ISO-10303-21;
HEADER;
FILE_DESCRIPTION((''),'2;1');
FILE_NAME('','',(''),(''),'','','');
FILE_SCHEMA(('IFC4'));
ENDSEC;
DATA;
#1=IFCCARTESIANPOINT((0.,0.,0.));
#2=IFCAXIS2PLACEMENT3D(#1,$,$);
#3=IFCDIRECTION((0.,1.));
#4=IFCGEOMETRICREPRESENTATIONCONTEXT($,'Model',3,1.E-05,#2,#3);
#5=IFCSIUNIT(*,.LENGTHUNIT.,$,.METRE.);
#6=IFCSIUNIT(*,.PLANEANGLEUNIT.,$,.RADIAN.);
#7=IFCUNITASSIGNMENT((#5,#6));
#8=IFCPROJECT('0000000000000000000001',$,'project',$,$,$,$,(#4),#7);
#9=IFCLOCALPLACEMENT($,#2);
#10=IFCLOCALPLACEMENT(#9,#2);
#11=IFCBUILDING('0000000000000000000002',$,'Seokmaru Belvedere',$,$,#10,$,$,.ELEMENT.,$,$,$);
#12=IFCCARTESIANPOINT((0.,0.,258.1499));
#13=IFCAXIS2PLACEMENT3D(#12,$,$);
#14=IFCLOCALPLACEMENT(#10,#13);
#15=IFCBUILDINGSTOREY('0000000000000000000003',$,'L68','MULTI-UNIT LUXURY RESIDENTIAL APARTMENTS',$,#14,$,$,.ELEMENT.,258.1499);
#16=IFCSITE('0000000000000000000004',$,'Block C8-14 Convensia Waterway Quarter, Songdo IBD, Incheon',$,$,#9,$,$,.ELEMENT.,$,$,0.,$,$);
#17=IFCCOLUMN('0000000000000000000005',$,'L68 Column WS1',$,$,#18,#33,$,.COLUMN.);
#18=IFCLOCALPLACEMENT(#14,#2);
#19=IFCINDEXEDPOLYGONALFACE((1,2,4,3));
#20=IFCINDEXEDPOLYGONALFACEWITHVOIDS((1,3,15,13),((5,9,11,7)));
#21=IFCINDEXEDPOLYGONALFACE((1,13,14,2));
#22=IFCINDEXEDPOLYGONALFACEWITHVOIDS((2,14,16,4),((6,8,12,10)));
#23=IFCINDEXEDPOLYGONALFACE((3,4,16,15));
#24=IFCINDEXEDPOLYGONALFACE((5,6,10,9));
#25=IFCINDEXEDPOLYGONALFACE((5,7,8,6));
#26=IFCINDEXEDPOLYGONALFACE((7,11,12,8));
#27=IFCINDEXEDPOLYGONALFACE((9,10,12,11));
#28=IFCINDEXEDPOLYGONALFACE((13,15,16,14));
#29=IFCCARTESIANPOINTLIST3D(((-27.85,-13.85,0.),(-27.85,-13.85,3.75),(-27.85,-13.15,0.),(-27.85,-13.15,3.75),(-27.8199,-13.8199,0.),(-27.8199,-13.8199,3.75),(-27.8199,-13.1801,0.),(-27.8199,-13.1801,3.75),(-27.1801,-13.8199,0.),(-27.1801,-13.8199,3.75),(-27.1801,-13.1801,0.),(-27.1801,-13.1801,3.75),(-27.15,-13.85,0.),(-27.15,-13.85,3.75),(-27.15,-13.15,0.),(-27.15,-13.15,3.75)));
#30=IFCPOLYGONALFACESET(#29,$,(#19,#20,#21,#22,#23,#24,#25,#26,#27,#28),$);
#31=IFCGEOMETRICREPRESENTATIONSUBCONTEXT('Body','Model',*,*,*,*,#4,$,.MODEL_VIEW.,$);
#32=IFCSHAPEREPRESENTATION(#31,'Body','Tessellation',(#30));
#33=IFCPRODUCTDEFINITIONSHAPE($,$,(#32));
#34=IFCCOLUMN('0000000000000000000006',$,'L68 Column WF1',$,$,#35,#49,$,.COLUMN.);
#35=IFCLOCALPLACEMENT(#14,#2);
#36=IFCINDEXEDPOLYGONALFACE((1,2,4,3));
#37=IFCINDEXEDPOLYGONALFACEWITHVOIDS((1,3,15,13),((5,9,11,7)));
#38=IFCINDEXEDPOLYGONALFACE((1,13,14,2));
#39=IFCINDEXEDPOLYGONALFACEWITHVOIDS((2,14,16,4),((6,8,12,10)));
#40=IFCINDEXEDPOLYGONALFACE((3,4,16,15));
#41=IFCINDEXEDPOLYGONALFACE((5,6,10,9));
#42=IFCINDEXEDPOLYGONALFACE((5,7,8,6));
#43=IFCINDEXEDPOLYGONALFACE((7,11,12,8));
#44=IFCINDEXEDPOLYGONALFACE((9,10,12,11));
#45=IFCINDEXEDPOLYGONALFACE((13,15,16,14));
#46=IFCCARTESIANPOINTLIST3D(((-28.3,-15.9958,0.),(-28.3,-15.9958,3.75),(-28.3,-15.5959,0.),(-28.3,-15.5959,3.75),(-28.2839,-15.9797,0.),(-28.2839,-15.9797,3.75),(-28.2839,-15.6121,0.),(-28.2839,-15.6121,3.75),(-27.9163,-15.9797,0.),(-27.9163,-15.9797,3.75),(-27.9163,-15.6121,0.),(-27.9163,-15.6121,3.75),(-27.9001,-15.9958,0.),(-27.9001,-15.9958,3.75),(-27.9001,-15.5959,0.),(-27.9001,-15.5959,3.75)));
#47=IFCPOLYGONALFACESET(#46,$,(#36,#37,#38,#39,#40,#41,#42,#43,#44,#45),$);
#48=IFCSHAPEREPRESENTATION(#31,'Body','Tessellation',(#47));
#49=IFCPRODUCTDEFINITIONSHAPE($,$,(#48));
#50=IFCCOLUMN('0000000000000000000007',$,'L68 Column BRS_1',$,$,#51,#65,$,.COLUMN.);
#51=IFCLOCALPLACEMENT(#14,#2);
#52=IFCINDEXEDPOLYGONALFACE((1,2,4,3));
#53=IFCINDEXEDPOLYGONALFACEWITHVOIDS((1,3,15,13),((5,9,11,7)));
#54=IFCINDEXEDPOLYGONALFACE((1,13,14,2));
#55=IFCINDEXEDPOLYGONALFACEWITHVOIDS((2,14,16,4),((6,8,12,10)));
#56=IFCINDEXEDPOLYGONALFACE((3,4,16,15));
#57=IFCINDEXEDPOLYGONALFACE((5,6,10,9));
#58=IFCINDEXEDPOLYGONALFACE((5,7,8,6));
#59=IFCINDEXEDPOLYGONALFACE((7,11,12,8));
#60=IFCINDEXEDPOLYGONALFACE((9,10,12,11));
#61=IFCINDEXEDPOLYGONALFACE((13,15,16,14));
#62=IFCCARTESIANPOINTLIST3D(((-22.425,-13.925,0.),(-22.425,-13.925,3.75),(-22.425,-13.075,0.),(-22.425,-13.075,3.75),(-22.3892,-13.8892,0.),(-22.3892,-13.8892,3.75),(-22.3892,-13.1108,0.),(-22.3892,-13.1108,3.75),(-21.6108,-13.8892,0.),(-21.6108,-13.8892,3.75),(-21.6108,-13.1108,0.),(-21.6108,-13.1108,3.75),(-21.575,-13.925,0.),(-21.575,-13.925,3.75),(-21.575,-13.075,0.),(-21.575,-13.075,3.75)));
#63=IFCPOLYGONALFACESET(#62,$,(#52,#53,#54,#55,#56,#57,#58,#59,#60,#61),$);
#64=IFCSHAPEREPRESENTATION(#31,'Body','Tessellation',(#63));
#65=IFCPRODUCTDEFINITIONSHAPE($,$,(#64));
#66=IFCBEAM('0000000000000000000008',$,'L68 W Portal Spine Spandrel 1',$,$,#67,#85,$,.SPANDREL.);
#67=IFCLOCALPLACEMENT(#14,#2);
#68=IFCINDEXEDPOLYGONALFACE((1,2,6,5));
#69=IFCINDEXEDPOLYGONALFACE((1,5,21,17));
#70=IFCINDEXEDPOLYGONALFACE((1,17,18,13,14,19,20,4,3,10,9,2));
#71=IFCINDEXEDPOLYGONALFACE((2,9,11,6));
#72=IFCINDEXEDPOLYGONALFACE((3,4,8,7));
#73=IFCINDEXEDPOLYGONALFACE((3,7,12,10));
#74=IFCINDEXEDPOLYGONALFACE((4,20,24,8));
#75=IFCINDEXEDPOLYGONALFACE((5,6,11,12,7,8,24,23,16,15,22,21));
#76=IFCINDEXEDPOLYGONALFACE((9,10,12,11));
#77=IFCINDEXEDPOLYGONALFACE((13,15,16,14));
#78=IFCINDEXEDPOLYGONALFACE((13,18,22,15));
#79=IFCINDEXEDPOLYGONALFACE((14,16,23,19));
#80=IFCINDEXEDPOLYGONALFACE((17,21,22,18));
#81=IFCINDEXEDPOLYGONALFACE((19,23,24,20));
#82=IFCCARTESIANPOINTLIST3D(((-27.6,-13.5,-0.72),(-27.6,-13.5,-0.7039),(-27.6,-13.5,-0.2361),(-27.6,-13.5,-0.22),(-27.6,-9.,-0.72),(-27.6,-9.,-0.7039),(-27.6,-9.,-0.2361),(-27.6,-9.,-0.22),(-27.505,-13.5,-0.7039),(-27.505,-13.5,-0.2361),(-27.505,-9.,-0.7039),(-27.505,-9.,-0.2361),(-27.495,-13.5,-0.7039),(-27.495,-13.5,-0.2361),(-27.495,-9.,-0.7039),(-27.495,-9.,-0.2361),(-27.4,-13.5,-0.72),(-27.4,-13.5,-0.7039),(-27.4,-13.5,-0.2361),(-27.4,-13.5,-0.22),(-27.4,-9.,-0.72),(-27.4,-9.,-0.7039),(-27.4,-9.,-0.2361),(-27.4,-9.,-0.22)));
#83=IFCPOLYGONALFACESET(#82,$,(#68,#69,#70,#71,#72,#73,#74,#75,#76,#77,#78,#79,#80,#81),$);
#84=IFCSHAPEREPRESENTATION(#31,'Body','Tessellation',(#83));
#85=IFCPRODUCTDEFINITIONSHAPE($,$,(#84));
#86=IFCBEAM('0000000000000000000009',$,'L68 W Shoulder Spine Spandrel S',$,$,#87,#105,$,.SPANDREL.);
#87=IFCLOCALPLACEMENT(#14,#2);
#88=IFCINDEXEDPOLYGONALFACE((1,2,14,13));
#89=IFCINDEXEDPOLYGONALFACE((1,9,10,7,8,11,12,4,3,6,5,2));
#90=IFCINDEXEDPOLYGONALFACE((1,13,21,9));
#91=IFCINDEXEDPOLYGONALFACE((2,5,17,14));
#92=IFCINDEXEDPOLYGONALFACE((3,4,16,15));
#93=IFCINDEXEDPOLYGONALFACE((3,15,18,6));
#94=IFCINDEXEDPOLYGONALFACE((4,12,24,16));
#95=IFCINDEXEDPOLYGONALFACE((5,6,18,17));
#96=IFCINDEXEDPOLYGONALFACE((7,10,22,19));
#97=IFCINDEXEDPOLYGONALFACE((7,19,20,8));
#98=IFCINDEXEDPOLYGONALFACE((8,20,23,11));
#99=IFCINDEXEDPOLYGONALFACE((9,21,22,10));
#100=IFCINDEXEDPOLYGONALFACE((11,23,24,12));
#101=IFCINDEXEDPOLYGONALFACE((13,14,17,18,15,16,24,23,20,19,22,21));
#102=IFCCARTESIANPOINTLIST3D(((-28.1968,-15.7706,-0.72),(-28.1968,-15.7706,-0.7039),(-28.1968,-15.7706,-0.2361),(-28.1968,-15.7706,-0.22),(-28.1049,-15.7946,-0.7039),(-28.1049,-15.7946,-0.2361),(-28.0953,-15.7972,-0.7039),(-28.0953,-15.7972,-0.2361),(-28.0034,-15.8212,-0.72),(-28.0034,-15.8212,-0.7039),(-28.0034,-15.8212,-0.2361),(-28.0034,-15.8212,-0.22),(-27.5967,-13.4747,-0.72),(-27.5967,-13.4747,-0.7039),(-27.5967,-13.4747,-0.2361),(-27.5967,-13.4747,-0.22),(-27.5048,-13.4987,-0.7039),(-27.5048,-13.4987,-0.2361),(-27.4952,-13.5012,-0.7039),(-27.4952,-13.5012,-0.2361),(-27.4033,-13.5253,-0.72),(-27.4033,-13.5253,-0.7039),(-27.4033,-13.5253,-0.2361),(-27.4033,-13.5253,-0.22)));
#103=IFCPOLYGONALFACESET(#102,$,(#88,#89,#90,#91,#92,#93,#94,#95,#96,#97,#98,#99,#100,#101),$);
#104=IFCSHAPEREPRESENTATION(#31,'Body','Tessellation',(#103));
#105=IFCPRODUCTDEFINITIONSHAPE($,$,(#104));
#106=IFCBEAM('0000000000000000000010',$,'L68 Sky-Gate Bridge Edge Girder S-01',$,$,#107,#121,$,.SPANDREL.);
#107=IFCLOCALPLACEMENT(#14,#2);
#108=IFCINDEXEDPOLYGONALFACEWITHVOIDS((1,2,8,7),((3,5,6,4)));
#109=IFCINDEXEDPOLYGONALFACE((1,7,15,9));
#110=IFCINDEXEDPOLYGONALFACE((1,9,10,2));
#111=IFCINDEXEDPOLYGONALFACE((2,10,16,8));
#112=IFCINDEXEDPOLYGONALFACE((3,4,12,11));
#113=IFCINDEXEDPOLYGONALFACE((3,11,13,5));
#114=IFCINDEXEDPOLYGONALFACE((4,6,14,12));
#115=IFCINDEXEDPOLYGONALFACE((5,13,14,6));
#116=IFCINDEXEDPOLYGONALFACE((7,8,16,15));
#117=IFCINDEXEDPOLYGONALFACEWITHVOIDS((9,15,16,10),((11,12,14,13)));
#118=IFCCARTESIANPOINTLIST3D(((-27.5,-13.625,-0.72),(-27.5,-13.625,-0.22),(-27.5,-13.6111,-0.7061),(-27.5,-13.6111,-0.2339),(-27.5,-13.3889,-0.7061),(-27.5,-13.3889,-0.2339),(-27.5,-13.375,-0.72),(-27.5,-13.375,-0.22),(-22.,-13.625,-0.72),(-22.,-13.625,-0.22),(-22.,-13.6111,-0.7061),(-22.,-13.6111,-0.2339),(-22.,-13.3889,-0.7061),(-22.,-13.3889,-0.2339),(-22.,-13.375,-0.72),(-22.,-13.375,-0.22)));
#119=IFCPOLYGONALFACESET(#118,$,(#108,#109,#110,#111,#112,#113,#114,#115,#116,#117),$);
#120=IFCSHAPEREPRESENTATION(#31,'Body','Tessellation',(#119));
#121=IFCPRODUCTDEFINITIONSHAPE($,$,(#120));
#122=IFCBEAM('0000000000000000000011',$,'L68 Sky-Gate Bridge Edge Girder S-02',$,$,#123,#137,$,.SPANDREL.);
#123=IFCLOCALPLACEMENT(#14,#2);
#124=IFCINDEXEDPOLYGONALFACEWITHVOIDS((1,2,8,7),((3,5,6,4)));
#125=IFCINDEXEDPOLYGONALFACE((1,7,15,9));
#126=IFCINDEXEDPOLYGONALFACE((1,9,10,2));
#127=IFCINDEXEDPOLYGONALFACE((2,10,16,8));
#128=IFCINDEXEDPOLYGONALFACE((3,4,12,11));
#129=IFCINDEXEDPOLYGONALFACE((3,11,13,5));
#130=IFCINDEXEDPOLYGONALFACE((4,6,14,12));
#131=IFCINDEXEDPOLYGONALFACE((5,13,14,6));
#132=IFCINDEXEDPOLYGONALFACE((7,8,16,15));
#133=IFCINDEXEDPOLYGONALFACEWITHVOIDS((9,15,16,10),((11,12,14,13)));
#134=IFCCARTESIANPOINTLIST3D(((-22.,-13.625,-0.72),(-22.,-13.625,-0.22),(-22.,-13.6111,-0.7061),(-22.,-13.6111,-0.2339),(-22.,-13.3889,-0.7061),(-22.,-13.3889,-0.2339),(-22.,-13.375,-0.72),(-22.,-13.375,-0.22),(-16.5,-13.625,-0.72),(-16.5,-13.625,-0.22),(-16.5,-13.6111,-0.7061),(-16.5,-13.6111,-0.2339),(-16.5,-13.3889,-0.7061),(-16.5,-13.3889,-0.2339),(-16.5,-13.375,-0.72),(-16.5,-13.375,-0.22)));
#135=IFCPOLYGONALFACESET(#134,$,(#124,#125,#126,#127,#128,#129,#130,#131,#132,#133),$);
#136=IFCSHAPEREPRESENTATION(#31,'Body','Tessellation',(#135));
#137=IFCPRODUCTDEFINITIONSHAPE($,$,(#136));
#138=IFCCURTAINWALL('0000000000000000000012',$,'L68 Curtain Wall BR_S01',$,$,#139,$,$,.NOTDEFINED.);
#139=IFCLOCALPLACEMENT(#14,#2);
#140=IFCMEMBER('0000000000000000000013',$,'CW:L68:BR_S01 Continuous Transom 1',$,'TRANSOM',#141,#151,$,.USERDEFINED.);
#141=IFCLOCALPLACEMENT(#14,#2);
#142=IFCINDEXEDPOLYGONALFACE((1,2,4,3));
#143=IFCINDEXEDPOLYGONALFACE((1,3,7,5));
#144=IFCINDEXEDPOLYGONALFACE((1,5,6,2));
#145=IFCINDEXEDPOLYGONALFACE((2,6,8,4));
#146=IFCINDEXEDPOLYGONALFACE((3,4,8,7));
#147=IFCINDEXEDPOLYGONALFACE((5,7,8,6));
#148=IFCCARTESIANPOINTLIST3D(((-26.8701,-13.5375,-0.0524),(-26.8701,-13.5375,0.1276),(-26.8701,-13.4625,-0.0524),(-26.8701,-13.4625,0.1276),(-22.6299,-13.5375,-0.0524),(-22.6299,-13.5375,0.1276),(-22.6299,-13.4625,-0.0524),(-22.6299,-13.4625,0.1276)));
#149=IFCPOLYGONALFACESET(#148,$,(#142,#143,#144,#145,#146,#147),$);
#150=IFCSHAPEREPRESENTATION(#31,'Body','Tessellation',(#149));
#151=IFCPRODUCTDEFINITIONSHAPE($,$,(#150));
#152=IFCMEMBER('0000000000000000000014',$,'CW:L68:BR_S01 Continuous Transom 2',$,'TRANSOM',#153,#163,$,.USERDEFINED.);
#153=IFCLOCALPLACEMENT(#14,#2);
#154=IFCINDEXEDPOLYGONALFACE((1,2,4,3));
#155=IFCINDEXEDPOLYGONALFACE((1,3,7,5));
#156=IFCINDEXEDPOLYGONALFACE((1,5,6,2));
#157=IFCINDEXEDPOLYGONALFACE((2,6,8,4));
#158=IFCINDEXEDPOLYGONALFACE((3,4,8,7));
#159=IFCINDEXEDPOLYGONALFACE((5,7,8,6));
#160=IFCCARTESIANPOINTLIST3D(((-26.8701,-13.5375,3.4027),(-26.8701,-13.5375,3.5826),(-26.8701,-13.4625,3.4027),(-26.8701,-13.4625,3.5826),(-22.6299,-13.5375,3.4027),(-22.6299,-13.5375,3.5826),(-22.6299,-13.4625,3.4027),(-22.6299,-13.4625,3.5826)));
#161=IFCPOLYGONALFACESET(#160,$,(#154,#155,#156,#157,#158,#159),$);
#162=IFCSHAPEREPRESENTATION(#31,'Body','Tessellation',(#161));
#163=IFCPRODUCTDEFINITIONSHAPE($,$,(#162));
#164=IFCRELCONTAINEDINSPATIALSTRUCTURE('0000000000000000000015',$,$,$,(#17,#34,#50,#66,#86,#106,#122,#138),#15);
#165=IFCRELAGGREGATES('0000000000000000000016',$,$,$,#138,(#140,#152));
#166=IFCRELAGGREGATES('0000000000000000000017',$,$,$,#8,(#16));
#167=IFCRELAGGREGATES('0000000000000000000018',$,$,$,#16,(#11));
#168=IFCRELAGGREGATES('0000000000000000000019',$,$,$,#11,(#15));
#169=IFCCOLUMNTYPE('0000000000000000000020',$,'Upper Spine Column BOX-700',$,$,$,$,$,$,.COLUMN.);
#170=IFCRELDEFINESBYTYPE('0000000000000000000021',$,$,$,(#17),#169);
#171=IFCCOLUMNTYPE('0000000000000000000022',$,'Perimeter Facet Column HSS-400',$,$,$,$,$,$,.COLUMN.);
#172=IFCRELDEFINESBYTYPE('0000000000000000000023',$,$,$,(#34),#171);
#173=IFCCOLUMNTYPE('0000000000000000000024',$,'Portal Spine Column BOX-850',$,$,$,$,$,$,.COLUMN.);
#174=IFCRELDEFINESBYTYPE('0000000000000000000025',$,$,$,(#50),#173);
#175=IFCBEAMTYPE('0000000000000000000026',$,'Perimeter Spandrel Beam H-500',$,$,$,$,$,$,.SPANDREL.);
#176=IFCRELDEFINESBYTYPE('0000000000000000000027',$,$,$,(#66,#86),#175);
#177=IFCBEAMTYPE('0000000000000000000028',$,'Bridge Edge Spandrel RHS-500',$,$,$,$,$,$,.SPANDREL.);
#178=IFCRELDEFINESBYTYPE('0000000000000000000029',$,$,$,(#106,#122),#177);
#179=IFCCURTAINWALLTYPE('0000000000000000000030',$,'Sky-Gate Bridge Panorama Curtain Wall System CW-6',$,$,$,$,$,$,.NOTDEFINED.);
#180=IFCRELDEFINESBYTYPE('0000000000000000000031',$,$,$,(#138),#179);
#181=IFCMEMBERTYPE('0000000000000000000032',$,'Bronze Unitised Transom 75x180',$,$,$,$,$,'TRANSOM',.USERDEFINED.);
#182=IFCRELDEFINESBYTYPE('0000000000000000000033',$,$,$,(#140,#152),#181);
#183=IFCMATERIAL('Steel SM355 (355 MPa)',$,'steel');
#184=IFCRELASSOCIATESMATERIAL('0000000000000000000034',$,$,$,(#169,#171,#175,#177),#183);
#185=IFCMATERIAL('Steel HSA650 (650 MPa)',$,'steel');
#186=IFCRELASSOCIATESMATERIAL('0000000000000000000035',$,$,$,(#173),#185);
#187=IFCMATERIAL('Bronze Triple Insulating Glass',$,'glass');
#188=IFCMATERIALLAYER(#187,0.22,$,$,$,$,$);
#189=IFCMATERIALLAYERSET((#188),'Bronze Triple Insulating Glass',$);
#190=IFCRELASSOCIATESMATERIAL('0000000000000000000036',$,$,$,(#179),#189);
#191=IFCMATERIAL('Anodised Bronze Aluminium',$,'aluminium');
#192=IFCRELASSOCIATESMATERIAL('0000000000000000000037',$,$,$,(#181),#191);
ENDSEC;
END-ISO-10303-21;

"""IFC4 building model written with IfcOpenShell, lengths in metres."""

from ifc_helpers import new_model, si_unit, direction, frame, origin, origin_2d, place, context, subcontext, project, spatial, rectangle, hollow_rectangle, i_section, extrude, source, transform, mapped, material, layer, layer_set, material_profile, profile_set, type_object, type_shapes, element, aggregate, save


model = new_model("IFC4")

# Units and contexts
model_context = context("Model", 3, precision=1e-05, world=origin(), true_north=direction((0.0, 1.0)))
body_context = subcontext(model_context, "Body", "Model", "MODEL_VIEW")
ifc_project = project(units=[si_unit("LENGTHUNIT", "METRE"), si_unit("PLANEANGLEUNIT", "RADIAN")], contexts=[model_context])

# Site, building, storey
site_placement = place(None, origin())
site = spatial("IfcSite", under=ifc_project, at=site_placement, Name="Block C8-14 Convensia Waterway Quarter, Songdo IBD, Incheon", CompositionType="ELEMENT", RefElevation=0.0)
building_placement = place(site_placement, origin())
building = spatial("IfcBuilding", under=site, at=building_placement, Name="Seokmaru Belvedere", CompositionType="ELEMENT")
storey_placement = place(building_placement, frame((0.0, 0.0, 258.1499)))
storey = spatial("IfcBuildingStorey", under=building, at=storey_placement, Name="L68", Description="MULTI-UNIT LUXURY RESIDENTIAL APARTMENTS", CompositionType="ELEMENT", Elevation=258.1499)

# Columns
ifc_material_1 = material(Name="Steel SM355 (355 MPa)", Category="steel")
ifc_material_profile_1 = material_profile(ifc_material_1, hollow_rectangle(XDim=0.7, YDim=0.7, WallThickness=0.03, at=origin_2d()), Name="BOX-700x700x30")
ifc_profile_set_1 = profile_set([ifc_material_profile_1], Name="Steel SM355 (355 MPa)")
column_type_1 = type_object("IfcColumnType", Name="Upper Spine Column BOX-700", PredefinedType="COLUMN", material=ifc_profile_set_1)
shared_shape_1 = source(origin(), body_context, "Body", "SweptSolid", [
    extrude(hollow_rectangle(XDim=0.7, YDim=0.7, WallThickness=0.03, at=origin_2d()), origin(), (0.0, 0.0, 1.0), 3.75),
])
type_shapes(column_type_1, [shared_shape_1])
column_1_placement = place(storey_placement, frame((-27.5, -13.5, 0.0), z_axis=(0.0, 0.0, 1.0), x_axis=(1.0, 0.0, 0.0)))
element("IfcColumn", 1, at=column_1_placement, inside=storey, type_object=column_type_1, Name="L68 Column WS1", PredefinedType="COLUMN", context=body_context, shape_type="MappedRepresentation", body=[
    mapped(shared_shape_1, transform((0.0, 0.0, 0.0), scale=1.0)),
])
ifc_material_profile_2 = material_profile(ifc_material_1, hollow_rectangle(XDim=0.3999, YDim=0.3999, WallThickness=0.0161, at=origin_2d()), Name="HSS-400x400x16")
ifc_profile_set_2 = profile_set([ifc_material_profile_2], Name="Steel SM355 (355 MPa)")
column_type_2 = type_object("IfcColumnType", Name="Perimeter Facet Column HSS-400", PredefinedType="COLUMN", material=ifc_profile_set_2)
shared_shape_2 = source(origin(), body_context, "Body", "SweptSolid", [
    extrude(hollow_rectangle(XDim=0.3999, YDim=0.3999, WallThickness=0.0161, at=origin_2d()), origin(), (0.0, 0.0, 1.0), 3.75),
])
type_shapes(column_type_2, [shared_shape_2])
column_2_placement = place(storey_placement, frame((-28.1001, -15.7959, 0.0), z_axis=(0.0, 0.0, 1.0), x_axis=(1.0, 0.0, 0.0)))
element("IfcColumn", 2, at=column_2_placement, inside=storey, type_object=column_type_2, Name="L68 Column WF1", PredefinedType="COLUMN", context=body_context, shape_type="MappedRepresentation", body=[
    mapped(shared_shape_2, transform((0.0, 0.0, 0.0), scale=1.0)),
])
ifc_material_2 = material(Name="Steel HSA650 (650 MPa)", Category="steel")
ifc_material_profile_3 = material_profile(ifc_material_2, hollow_rectangle(XDim=0.8501, YDim=0.8501, WallThickness=0.0359, at=origin_2d()), Name="BOX-850x850x36")
ifc_profile_set_3 = profile_set([ifc_material_profile_3], Name="Steel HSA650 (650 MPa)")
column_type_3 = type_object("IfcColumnType", Name="Portal Spine Column BOX-850", PredefinedType="COLUMN", material=ifc_profile_set_3)
shared_shape_3 = source(origin(), body_context, "Body", "SweptSolid", [
    extrude(hollow_rectangle(XDim=0.8501, YDim=0.8501, WallThickness=0.0359, at=origin_2d()), origin(), (0.0, 0.0, 1.0), 3.75),
])
type_shapes(column_type_3, [shared_shape_3])
column_3_placement = place(storey_placement, frame((-22.0, -13.5, 0.0), z_axis=(0.0, 0.0, 1.0), x_axis=(1.0, 0.0, 0.0)))
element("IfcColumn", 3, at=column_3_placement, inside=storey, type_object=column_type_3, Name="L68 Column BRS_1", PredefinedType="COLUMN", context=body_context, shape_type="MappedRepresentation", body=[
    mapped(shared_shape_3, transform((0.0, 0.0, 0.0), scale=1.0)),
])

# Beams
ifc_material_profile_4 = material_profile(ifc_material_1, i_section(OverallWidth=0.2, OverallDepth=0.5, WebThickness=0.01, FlangeThickness=0.0161, at=origin_2d()), Name="H-500x200x10x16")
ifc_profile_set_4 = profile_set([ifc_material_profile_4], Name="Steel SM355 (355 MPa)")
beam_type_1 = type_object("IfcBeamType", Name="Perimeter Spandrel Beam H-500", PredefinedType="SPANDREL", material=ifc_profile_set_4)
shared_shape_4 = source(origin(), body_context, "Body", "SweptSolid", [
    extrude(i_section(OverallWidth=0.2, OverallDepth=0.5, WebThickness=0.01, FlangeThickness=0.0161, at=origin_2d()), origin(), (0.0, 0.0, 1.0), 4.5),
])
beam_1_placement = place(storey_placement, frame((-27.5, -13.5, -0.47), z_axis=(0.0, 1.0, 0.0), x_axis=(-1.0, 0.0, 0.0)))
element("IfcBeam", 4, at=beam_1_placement, inside=storey, type_object=beam_type_1, Name="L68 W Portal Spine Spandrel 1", PredefinedType="SPANDREL", context=body_context, shape_type="MappedRepresentation", body=[
    mapped(shared_shape_4, transform((0.0, 0.0, 0.0), scale=1.0)),
])
shared_shape_5 = source(origin(), body_context, "Body", "SweptSolid", [
    extrude(i_section(OverallWidth=0.2, OverallDepth=0.5, WebThickness=0.01, FlangeThickness=0.0161, at=origin_2d()), origin(), (0.0, 0.0, 1.0), 2.373),
])
type_shapes(beam_type_1, [shared_shape_4, shared_shape_5])
beam_2_placement = place(storey_placement, frame((-28.1001, -15.7959, -0.47), z_axis=(0.252883, 0.967497, 0.0), x_axis=(-0.967497, 0.252883, 0.0)))
element("IfcBeam", 5, at=beam_2_placement, inside=storey, type_object=beam_type_1, Name="L68 W Shoulder Spine Spandrel S", PredefinedType="SPANDREL", context=body_context, shape_type="MappedRepresentation", body=[
    mapped(shared_shape_5, transform((0.0, 0.0, 0.0), scale=1.0)),
])
ifc_material_profile_5 = material_profile(ifc_material_1, hollow_rectangle(XDim=0.25, YDim=0.5, WallThickness=0.0139, at=origin_2d()), Name="RHS-500x250x14")
ifc_profile_set_5 = profile_set([ifc_material_profile_5], Name="Steel SM355 (355 MPa)")
beam_type_2 = type_object("IfcBeamType", Name="Bridge Edge Spandrel RHS-500", PredefinedType="SPANDREL", material=ifc_profile_set_5)
shared_shape_6 = source(origin(), body_context, "Body", "SweptSolid", [
    extrude(hollow_rectangle(XDim=0.25, YDim=0.5, WallThickness=0.0139, at=origin_2d()), origin(), (0.0, 0.0, 1.0), 5.5),
])
type_shapes(beam_type_2, [shared_shape_6])
for number, where, z_axis, x_axis, name in (
    (6, (-27.5, -13.5, -0.47), (1.0, 0.0, 0.0), (0.0, 1.0, 0.0), "L68 Sky-Gate Bridge Edge Girder S-01"),
    (7, (-22.0, -13.5, -0.47), (1.0, 0.0, 0.0), (0.0, 1.0, 0.0), "L68 Sky-Gate Bridge Edge Girder S-02"),
):
    element("IfcBeam", number, at=place(storey_placement, frame(where, z_axis=z_axis, x_axis=x_axis)), inside=storey, type_object=beam_type_2, Name=name, PredefinedType="SPANDREL", context=body_context, shape_type="MappedRepresentation", body=[
        mapped(shared_shape_6, transform((0.0, 0.0, 0.0), scale=1.0)),
    ])

# Curtain wall, members
ifc_material_3 = material(Name="Bronze Triple Insulating Glass", Category="glass")
ifc_layer_1 = layer(ifc_material_3, 0.22)
ifc_layer_set_1 = layer_set([ifc_layer_1], Name="Bronze Triple Insulating Glass")
curtain_wall_type = type_object("IfcCurtainWallType", Name="Sky-Gate Bridge Panorama Curtain Wall System CW-6", PredefinedType="NOTDEFINED", material=ifc_layer_set_1)
curtain_wall_1_placement = place(storey_placement, origin())
curtain_wall_1 = element("IfcCurtainWall", 8, at=curtain_wall_1_placement, inside=storey, type_object=curtain_wall_type, Name="L68 Curtain Wall BR_S01", PredefinedType="NOTDEFINED")
ifc_material_4 = material(Name="Anodised Bronze Aluminium", Category="aluminium")
ifc_material_profile_6 = material_profile(ifc_material_4, rectangle(XDim=0.075, YDim=0.1799, at=origin_2d()), Name="CW-T-75x180")
ifc_profile_set_6 = profile_set([ifc_material_profile_6], Name="Anodised Bronze Aluminium")
member_type_1 = type_object("IfcMemberType", Name="Bronze Unitised Transom 75x180", ElementType="TRANSOM", PredefinedType="USERDEFINED", material=ifc_profile_set_6)
shared_shape_7 = source(origin(), body_context, "Body", "SweptSolid", [
    extrude(rectangle(XDim=0.075, YDim=0.1799, at=origin_2d()), origin(), (0.0, 0.0, 1.0), 4.2402),
])
type_shapes(member_type_1, [shared_shape_7])
member_1_placement = place(storey_placement, frame((-26.8701, -13.5, 0.0376), z_axis=(1.0, 0.0, 0.0), x_axis=(0.0, 1.0, 0.0)))
member_1 = element("IfcMember", 9, at=member_1_placement, type_object=member_type_1, Name="CW:L68:BR_S01 Continuous Transom 1", ObjectType="TRANSOM", PredefinedType="USERDEFINED", context=body_context, shape_type="MappedRepresentation", body=[
    mapped(shared_shape_7, transform((0.0, 0.0, 0.0), scale=1.0)),
])
member_2_placement = place(storey_placement, frame((-26.8701, -13.5, 3.4927), z_axis=(1.0, 0.0, 0.0), x_axis=(0.0, 1.0, 0.0)))
member_2 = element("IfcMember", 10, at=member_2_placement, type_object=member_type_1, Name="CW:L68:BR_S01 Continuous Transom 2", ObjectType="TRANSOM", PredefinedType="USERDEFINED", context=body_context, shape_type="MappedRepresentation", body=[
    mapped(shared_shape_7, transform((0.0, 0.0, 0.0), scale=1.0)),
])

aggregate(curtain_wall_1, [member_1, member_2])

save(model, "model.ifc")
